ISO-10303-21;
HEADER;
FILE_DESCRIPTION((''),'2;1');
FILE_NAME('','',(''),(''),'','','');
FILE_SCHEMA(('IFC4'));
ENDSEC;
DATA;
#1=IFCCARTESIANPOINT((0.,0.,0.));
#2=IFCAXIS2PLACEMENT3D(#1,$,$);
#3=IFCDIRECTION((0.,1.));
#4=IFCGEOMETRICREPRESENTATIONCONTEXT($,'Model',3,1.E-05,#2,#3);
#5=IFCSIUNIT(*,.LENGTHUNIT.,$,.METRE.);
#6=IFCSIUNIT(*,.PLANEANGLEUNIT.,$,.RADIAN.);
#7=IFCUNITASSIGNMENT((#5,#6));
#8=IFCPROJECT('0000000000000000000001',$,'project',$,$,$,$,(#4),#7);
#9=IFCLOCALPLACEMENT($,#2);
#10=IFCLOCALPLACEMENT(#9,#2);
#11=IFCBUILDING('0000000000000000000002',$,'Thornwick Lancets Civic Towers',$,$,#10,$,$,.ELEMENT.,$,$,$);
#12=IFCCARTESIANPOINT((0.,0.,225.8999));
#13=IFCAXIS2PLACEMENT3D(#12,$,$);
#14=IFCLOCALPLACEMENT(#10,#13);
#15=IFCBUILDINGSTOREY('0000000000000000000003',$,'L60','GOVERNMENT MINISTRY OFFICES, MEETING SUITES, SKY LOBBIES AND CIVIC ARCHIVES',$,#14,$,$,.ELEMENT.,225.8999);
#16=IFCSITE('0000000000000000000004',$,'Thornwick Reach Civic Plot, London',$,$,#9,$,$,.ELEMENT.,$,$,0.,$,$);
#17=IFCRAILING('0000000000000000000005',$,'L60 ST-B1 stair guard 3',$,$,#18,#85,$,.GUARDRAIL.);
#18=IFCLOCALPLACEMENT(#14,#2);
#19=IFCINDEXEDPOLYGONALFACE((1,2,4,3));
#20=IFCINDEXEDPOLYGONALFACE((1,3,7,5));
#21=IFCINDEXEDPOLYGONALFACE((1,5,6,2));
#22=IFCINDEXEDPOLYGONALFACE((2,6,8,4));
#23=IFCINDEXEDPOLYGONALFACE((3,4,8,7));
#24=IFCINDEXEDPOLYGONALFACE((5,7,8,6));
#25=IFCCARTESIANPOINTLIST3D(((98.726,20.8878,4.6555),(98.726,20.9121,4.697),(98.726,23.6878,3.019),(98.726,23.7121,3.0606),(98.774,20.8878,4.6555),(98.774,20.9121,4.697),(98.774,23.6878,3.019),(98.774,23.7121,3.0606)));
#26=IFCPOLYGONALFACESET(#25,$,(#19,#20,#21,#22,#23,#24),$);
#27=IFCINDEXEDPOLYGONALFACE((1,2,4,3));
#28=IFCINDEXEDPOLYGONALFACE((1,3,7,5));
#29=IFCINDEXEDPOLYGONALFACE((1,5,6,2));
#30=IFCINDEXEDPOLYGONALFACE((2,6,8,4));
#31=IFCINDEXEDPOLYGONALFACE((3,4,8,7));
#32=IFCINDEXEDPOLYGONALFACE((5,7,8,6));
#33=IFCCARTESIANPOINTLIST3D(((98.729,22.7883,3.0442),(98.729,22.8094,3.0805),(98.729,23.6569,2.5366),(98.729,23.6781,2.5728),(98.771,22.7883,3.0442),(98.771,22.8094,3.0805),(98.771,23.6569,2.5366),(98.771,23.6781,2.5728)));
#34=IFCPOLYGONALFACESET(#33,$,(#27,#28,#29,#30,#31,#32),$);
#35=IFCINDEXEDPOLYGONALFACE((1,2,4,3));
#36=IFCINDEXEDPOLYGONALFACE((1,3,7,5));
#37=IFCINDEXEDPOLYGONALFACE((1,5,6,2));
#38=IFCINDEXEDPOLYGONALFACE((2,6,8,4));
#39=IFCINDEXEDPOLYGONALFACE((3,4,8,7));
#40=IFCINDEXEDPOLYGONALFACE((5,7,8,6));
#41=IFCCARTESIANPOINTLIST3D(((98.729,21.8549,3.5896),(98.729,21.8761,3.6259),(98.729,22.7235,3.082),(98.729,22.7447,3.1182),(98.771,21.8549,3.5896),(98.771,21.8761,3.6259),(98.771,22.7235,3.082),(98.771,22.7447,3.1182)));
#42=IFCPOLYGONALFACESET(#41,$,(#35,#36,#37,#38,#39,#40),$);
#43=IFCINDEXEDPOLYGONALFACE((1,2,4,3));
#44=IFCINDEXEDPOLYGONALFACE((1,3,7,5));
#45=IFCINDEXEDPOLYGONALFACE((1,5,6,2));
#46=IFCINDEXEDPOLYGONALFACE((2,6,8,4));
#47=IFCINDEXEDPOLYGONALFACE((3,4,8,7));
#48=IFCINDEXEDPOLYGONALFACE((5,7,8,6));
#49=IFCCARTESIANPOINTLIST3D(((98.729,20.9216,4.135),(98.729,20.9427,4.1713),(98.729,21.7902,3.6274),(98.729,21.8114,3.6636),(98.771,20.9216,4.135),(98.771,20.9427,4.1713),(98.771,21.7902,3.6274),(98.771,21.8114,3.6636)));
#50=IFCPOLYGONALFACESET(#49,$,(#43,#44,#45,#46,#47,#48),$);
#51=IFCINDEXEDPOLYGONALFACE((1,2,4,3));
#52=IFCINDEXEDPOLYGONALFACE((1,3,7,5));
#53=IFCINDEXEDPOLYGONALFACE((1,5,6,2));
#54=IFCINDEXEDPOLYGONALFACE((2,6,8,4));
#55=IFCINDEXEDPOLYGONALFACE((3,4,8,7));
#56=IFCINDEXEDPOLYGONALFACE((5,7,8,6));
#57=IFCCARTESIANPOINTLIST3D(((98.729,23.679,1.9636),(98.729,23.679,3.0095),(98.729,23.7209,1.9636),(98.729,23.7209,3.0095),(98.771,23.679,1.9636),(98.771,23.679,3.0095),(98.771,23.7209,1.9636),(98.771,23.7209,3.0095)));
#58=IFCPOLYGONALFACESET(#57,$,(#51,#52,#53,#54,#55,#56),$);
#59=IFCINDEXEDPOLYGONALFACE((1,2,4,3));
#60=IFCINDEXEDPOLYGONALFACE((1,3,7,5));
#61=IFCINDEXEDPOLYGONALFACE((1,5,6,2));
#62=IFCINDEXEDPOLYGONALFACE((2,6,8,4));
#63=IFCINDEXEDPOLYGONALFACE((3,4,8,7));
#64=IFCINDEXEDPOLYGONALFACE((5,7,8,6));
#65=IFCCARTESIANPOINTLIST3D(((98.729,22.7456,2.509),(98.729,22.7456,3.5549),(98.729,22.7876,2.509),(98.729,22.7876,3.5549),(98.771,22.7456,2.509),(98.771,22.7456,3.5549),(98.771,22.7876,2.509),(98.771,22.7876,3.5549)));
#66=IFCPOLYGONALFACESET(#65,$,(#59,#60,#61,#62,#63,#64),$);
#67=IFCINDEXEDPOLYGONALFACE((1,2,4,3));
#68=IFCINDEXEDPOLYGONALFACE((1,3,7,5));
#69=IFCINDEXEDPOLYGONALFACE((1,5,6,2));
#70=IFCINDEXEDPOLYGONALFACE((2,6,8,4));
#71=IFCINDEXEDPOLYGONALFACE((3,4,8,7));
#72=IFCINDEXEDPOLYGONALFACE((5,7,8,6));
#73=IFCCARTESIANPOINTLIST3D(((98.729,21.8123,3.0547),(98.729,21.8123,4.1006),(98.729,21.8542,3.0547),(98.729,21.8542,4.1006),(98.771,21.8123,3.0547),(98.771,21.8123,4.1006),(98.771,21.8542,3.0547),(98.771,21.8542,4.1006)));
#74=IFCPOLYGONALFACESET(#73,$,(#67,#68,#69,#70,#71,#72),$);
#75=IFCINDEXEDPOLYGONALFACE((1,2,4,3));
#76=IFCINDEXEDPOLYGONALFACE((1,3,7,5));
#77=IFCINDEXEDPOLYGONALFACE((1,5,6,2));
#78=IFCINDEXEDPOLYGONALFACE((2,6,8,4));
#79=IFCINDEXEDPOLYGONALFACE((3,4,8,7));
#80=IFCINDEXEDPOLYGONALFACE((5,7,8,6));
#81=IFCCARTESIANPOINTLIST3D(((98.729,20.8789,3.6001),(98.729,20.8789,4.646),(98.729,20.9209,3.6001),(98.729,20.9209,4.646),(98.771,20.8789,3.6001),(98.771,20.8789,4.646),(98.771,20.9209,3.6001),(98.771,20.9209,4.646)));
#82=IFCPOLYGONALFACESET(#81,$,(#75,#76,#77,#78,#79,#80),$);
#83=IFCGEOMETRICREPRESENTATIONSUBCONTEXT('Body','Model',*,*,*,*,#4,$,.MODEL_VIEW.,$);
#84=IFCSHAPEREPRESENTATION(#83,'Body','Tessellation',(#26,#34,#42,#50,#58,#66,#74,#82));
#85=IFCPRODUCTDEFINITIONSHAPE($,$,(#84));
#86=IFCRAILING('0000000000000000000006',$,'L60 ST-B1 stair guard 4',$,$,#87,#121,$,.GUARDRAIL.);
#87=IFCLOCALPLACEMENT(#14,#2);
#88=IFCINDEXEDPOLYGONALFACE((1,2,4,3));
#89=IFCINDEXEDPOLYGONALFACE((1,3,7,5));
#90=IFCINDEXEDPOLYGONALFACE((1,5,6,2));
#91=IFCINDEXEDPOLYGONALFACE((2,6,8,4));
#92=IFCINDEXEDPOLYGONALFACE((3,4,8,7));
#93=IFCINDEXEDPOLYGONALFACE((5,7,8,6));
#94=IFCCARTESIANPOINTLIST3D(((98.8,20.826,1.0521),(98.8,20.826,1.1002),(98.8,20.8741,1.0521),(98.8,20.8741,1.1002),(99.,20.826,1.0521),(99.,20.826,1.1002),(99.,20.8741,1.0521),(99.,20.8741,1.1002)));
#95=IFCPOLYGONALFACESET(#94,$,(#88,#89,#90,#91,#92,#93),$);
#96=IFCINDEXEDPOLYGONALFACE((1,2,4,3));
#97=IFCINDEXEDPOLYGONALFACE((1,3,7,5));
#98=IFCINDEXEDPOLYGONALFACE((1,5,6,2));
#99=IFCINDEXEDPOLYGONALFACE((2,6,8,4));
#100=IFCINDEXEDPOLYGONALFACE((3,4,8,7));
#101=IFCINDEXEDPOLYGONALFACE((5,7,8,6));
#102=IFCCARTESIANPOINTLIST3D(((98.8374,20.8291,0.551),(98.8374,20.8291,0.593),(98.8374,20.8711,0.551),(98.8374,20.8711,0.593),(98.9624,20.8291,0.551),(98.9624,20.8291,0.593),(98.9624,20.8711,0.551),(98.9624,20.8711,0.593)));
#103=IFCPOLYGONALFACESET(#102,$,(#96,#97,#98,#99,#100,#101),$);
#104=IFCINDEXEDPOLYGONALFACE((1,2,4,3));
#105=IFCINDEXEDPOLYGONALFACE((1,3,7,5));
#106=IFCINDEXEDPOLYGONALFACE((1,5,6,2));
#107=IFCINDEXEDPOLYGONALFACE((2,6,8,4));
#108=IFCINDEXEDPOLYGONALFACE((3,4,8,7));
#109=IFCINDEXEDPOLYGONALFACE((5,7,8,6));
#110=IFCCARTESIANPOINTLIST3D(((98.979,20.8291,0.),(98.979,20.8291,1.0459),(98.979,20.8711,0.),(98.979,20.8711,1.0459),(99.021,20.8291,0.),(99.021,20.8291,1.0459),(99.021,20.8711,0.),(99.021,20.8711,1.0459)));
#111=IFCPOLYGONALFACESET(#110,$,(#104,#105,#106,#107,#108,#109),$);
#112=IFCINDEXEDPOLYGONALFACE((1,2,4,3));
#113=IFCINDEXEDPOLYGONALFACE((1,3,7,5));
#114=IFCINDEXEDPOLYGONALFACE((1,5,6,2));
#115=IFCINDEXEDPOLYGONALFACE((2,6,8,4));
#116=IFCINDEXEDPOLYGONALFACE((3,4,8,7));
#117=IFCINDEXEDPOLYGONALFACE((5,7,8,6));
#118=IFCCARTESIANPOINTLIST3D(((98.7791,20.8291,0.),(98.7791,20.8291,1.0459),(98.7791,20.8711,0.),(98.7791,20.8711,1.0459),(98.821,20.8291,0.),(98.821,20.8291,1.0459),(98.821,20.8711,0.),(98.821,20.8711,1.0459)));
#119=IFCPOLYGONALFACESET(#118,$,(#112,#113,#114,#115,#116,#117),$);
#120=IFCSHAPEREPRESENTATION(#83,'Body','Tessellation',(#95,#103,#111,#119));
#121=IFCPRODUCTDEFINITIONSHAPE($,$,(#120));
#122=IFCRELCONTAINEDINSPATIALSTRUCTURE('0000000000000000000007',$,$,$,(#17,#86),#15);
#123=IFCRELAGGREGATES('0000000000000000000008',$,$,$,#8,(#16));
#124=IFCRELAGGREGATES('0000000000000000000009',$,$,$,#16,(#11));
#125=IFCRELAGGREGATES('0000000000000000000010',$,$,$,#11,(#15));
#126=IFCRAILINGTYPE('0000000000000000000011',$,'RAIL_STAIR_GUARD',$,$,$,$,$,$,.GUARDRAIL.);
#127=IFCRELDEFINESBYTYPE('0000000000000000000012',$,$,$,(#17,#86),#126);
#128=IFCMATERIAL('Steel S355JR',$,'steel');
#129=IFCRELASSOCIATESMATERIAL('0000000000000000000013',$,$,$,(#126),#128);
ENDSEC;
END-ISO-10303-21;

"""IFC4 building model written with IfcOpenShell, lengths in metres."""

from ifc_helpers import new_model, si_unit, direction, frame, origin, origin_2d, place, context, subcontext, project, spatial, rectangle, extrude, material, type_object, element, save


model = new_model("IFC4")

# Units and contexts
model_context = context("Model", 3, precision=1e-05, world=origin(), true_north=direction((0.0, 1.0)))
body_context = subcontext(model_context, "Body", "Model", "MODEL_VIEW")
ifc_project = project(units=[si_unit("LENGTHUNIT", "METRE"), si_unit("PLANEANGLEUNIT", "RADIAN")], contexts=[model_context])

# Site, building, storey
site_placement = place(None, origin())
site = spatial("IfcSite", under=ifc_project, at=site_placement, Name="Thornwick Reach Civic Plot, London", CompositionType="ELEMENT", RefElevation=0.0)
building_placement = place(site_placement, origin())
building = spatial("IfcBuilding", under=site, at=building_placement, Name="Thornwick Lancets Civic Towers", CompositionType="ELEMENT")
storey_placement = place(building_placement, frame((0.0, 0.0, 225.8999)))
storey = spatial("IfcBuildingStorey", under=building, at=storey_placement, Name="L60", Description="GOVERNMENT MINISTRY OFFICES, MEETING SUITES, SKY LOBBIES AND CIVIC ARCHIVES", CompositionType="ELEMENT", Elevation=225.8999)

# Railings
ifc_material_1 = material(Name="Steel S355JR", Category="steel")
railing_type_1 = type_object("IfcRailingType", Name="RAIL_STAIR_GUARD", PredefinedType="GUARDRAIL", material=ifc_material_1)
railing_1_placement = place(storey_placement, frame((98.75, 23.7, 1.9636)))
element("IfcRailing", 1, at=railing_1_placement, inside=storey, type_object=railing_type_1, Name="L60 ST-B1 stair guard 3", PredefinedType="GUARDRAIL", context=body_context, shape_type="SweptSolid", body=[
    extrude(rectangle(XDim=0.0481, YDim=0.0481, at=origin_2d()), frame((0.0, 0.0, 1.0762), z_axis=(0.0, -0.863361, 0.504587), x_axis=(1.0, 0.0, 0.0)), (0.0, 0.0, 1.0), 3.2432),
    extrude(rectangle(XDim=0.042, YDim=0.042, at=origin_2d()), frame((0.0, -0.0325, 0.5911), z_axis=(0.0, -0.863361, 0.504587), x_axis=(1.0, 0.0, 0.0)), (0.0, 0.0, 1.0), 1.0061),
    extrude(rectangle(XDim=0.042, YDim=0.042, at=origin_2d()), frame((0.0, -0.9658, 1.1365), z_axis=(0.0, -0.863361, 0.504587), x_axis=(1.0, 0.0, 0.0)), (0.0, 0.0, 1.0), 1.0061),
    extrude(rectangle(XDim=0.042, YDim=0.042, at=origin_2d()), frame((0.0, -1.8992, 1.6819), z_axis=(0.0, -0.863361, 0.504587), x_axis=(1.0, 0.0, 0.0)), (0.0, 0.0, 1.0), 1.0061),
    extrude(rectangle(XDim=0.042, YDim=0.042, at=origin_2d()), origin(), (0.0, 0.0, 1.0), 1.0459),
    extrude(rectangle(XDim=0.042, YDim=0.042, at=origin_2d()), frame((0.0, -0.9333, 0.5454)), (0.0, 0.0, 1.0), 1.0459),
    extrude(rectangle(XDim=0.042, YDim=0.042, at=origin_2d()), frame((0.0, -1.8667, 1.0911)), (0.0, 0.0, 1.0), 1.0459),
    extrude(rectangle(XDim=0.042, YDim=0.042, at=origin_2d()), frame((0.0, -2.8, 1.6365)), (0.0, 0.0, 1.0), 1.0459),
])
railing_2_placement = place(storey_placement, frame((99.0, 20.8501, 0.0)))
element("IfcRailing", 2, at=railing_2_placement, inside=storey, type_object=railing_type_1, Name="L60 ST-B1 stair guard 4", PredefinedType="GUARDRAIL", context=body_context, shape_type="SweptSolid", body=[
    extrude(rectangle(XDim=0.0481, YDim=0.0481, at=origin_2d()), frame((0.0, 0.0, 1.0762), z_axis=(-1.0, 0.0, 0.0), x_axis=(0.0, -1.0, 0.0)), (0.0, 0.0, 1.0), 0.2),
    extrude(rectangle(XDim=0.042, YDim=0.042, at=origin_2d()), frame((-0.0376, 0.0, 0.572), z_axis=(-1.0, 0.0, 0.0), x_axis=(0.0, -1.0, 0.0)), (0.0, 0.0, 1.0), 0.125),
    extrude(rectangle(XDim=0.042, YDim=0.042, at=origin_2d()), origin(), (0.0, 0.0, 1.0), 1.0459),
    extrude(rectangle(XDim=0.042, YDim=0.042, at=origin_2d()), frame((-0.2, 0.0, 0.0)), (0.0, 0.0, 1.0), 1.0459),
])

save(model, "model.ifc")
